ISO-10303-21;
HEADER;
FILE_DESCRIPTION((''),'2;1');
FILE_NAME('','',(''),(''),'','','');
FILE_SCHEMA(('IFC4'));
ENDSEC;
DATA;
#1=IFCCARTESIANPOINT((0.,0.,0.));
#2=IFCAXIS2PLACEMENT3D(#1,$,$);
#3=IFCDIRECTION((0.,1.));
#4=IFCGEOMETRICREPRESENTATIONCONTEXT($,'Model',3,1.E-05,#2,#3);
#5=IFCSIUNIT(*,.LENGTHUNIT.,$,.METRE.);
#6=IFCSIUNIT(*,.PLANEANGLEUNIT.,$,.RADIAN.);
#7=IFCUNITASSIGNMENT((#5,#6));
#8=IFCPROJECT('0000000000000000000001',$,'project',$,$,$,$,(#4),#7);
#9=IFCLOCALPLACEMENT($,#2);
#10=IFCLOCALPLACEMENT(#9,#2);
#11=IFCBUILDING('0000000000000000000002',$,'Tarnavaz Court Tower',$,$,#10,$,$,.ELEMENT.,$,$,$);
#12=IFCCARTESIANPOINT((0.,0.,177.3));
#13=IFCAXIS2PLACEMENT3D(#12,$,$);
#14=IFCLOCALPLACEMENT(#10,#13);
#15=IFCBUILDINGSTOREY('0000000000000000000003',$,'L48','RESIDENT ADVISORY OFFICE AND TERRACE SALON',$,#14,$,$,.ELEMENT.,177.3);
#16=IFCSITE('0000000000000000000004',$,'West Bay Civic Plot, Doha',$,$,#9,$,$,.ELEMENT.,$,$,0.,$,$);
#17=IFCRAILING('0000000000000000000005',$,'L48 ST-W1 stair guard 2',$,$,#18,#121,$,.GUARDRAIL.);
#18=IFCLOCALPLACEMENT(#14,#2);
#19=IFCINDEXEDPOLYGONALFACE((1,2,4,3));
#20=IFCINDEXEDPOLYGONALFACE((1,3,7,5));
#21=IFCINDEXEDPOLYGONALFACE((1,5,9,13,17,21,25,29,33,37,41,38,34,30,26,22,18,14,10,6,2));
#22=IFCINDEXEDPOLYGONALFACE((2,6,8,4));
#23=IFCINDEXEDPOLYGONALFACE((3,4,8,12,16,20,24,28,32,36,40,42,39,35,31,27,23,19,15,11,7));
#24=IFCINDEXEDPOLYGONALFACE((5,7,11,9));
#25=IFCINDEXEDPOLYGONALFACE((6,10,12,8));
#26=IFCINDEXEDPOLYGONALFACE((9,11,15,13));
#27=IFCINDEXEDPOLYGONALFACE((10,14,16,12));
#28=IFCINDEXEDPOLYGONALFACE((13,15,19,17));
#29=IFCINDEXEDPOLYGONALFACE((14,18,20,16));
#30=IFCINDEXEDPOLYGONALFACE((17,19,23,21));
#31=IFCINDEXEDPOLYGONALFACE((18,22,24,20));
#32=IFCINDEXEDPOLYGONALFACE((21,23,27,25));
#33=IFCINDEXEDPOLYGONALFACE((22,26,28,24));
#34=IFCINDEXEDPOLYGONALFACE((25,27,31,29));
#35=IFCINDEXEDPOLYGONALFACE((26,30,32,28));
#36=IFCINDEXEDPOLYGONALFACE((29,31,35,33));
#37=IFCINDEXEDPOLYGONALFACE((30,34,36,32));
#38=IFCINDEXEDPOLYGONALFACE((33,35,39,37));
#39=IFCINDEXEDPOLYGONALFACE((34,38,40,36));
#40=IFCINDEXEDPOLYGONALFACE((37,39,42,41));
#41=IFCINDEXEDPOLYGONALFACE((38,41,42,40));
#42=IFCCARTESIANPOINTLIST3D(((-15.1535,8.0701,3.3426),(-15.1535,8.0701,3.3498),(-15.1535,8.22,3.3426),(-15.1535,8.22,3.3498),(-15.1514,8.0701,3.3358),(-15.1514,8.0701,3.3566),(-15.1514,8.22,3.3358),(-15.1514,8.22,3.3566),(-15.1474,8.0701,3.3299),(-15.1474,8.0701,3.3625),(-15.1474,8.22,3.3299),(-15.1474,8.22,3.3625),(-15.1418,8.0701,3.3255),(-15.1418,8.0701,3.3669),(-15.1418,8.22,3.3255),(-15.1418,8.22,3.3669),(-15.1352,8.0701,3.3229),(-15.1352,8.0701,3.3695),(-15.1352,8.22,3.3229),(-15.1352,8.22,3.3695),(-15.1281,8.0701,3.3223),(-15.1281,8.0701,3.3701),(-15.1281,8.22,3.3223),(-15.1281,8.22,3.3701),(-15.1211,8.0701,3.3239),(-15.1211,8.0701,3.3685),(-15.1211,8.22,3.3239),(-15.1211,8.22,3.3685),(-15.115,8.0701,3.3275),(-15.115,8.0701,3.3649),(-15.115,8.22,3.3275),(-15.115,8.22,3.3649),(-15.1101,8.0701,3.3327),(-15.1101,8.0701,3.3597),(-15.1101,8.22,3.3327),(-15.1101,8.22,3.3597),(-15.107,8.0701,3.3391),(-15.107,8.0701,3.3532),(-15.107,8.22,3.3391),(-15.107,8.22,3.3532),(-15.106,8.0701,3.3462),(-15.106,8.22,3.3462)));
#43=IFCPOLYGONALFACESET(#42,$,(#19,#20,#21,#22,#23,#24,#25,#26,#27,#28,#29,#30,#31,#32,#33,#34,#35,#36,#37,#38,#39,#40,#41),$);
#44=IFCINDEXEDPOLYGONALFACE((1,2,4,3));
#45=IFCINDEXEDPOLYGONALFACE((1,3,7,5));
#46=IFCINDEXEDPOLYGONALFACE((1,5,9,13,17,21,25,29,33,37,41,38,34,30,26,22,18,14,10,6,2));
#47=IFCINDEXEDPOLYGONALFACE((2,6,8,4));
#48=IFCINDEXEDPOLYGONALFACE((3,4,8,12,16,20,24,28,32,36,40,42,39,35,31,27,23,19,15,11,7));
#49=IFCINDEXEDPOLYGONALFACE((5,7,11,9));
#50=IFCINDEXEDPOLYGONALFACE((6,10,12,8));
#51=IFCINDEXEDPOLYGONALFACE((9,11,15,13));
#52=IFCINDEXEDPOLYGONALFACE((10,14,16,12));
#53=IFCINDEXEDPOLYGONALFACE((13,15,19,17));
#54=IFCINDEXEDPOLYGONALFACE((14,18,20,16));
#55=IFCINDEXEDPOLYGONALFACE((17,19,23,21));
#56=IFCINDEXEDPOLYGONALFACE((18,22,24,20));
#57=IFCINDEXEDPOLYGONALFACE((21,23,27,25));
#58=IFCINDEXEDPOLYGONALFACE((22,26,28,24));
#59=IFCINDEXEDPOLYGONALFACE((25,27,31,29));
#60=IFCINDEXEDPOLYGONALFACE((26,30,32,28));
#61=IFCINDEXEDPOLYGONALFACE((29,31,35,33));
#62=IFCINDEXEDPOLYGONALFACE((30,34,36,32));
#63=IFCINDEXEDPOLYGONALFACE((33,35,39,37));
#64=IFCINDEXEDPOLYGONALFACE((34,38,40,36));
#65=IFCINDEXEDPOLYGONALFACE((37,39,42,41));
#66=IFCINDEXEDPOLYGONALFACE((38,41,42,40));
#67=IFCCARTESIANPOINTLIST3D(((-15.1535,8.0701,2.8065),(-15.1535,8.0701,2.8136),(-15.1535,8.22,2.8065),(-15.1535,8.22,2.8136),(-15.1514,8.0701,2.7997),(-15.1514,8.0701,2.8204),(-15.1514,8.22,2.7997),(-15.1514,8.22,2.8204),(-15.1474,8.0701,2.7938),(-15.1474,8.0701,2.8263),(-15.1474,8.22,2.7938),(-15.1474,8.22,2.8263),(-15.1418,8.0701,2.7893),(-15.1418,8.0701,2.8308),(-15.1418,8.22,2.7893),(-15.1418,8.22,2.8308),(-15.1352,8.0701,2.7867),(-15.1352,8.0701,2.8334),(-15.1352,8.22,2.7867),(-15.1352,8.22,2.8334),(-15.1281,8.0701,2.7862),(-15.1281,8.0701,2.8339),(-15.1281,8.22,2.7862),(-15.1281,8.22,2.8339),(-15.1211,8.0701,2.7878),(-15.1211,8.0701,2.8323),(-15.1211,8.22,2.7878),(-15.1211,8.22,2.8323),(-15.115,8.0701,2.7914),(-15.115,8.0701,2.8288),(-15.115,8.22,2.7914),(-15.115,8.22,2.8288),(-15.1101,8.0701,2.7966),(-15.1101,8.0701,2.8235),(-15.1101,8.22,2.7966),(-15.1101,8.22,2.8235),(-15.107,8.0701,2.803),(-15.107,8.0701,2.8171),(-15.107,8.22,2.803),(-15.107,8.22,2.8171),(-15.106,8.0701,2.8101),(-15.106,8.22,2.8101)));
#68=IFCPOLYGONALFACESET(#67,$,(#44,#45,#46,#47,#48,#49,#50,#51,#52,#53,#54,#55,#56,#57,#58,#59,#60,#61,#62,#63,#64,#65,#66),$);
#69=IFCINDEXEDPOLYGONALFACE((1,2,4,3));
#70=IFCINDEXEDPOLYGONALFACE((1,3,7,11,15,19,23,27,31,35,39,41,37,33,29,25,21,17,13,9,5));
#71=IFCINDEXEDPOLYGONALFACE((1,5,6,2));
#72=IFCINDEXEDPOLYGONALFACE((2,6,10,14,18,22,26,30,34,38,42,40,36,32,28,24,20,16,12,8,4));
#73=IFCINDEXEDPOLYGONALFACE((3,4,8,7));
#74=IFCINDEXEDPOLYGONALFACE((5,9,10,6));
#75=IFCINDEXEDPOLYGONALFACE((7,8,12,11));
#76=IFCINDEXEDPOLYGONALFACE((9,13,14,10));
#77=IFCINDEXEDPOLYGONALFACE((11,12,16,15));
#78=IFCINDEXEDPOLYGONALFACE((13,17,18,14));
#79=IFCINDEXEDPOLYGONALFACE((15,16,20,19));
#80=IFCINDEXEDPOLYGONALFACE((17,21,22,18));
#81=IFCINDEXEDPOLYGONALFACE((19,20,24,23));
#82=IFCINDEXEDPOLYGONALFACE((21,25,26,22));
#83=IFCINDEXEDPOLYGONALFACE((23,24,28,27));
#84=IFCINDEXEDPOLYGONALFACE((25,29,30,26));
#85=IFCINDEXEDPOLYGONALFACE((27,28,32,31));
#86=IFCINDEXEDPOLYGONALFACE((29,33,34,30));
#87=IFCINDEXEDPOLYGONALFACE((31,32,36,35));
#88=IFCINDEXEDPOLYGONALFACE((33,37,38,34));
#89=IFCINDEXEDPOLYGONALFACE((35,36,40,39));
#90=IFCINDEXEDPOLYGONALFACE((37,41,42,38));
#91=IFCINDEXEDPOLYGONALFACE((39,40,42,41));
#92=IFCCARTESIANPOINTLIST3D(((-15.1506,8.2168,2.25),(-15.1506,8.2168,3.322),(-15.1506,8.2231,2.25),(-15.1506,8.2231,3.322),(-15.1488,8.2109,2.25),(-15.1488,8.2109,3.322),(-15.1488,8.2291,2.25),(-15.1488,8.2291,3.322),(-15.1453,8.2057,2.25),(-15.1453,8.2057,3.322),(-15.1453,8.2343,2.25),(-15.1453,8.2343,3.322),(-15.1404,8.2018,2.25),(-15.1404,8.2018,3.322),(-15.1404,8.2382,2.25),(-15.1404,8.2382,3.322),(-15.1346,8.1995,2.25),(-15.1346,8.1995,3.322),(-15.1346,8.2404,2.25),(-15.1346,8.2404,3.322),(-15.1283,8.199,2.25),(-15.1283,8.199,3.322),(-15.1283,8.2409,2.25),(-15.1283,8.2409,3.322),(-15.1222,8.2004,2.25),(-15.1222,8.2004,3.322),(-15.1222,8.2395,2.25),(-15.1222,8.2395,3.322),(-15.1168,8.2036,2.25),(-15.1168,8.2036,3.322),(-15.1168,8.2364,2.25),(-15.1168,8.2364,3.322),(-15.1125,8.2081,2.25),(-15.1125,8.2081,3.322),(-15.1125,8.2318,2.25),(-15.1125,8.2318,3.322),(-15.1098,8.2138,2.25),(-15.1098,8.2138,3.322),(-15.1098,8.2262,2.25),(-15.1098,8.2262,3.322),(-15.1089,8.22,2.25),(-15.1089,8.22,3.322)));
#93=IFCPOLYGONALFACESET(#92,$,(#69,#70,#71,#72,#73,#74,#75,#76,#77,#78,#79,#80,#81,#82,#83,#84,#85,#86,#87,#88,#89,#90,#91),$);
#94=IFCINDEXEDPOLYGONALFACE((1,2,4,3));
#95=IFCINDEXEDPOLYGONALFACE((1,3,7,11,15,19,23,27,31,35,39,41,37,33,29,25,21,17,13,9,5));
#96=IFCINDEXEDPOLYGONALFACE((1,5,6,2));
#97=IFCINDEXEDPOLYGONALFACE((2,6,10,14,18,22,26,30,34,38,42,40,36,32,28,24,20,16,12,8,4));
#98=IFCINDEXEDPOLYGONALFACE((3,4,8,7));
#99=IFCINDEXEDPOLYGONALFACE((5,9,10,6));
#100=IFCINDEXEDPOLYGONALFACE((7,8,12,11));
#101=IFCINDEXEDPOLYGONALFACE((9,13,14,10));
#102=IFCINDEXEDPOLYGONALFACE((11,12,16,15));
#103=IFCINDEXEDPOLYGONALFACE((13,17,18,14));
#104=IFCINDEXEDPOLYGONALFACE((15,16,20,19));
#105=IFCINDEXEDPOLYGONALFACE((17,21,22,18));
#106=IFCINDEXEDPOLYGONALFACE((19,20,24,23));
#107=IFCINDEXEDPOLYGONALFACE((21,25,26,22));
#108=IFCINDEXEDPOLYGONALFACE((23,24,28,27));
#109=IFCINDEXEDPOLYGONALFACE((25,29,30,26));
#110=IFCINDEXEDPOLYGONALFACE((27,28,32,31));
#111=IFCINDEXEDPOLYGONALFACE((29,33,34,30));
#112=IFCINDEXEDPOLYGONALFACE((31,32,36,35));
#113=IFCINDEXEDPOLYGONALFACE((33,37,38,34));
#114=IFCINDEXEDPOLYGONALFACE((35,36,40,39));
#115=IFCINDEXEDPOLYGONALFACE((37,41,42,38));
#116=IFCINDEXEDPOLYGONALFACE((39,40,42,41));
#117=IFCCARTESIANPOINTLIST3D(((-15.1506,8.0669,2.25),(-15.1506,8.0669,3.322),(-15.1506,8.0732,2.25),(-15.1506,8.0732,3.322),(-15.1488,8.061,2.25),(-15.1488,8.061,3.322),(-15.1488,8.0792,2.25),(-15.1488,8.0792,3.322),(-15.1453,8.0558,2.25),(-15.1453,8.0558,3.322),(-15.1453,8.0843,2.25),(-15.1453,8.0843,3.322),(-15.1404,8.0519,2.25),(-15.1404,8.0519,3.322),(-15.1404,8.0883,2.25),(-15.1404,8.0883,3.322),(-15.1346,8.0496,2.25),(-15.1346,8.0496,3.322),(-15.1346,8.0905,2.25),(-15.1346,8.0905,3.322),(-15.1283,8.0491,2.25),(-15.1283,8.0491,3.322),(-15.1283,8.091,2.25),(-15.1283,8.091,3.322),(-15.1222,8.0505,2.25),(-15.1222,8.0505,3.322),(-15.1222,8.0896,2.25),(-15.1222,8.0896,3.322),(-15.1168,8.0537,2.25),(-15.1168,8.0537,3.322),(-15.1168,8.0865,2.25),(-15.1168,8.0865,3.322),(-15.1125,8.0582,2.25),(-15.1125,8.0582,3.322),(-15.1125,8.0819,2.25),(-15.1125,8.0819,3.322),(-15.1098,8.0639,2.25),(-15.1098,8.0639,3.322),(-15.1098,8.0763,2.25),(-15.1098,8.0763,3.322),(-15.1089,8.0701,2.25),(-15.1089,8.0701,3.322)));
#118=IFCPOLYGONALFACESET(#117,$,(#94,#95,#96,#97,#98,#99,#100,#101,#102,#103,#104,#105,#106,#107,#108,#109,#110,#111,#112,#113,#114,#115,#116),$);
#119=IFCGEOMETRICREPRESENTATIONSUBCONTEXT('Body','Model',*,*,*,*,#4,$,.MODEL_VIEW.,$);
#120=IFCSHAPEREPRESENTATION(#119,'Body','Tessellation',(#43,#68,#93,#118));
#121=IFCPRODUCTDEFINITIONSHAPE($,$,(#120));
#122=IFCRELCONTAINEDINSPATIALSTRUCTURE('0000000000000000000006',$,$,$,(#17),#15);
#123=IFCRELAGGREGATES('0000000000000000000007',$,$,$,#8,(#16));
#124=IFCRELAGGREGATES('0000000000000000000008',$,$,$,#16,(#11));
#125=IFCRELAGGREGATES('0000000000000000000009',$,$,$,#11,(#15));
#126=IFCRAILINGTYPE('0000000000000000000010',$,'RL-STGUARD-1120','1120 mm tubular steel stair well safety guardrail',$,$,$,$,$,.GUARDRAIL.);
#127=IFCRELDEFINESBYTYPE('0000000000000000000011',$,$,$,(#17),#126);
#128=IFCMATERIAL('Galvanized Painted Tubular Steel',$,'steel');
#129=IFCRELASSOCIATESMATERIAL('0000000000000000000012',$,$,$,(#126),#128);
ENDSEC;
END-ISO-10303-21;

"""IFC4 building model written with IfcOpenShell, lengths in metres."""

from ifc_helpers import new_model, si_unit, direction, frame, origin, origin_2d, place, context, subcontext, project, spatial, circle, extrude, material, type_object, element, save


model = new_model("IFC4")

# Units and contexts
model_context = context("Model", 3, precision=1e-05, world=origin(), true_north=direction((0.0, 1.0)))
body_context = subcontext(model_context, "Body", "Model", "MODEL_VIEW")
ifc_project = project(units=[si_unit("LENGTHUNIT", "METRE"), si_unit("PLANEANGLEUNIT", "RADIAN")], contexts=[model_context])

# Site, building, storey
site_placement = place(None, origin())
site = spatial("IfcSite", under=ifc_project, at=site_placement, Name="West Bay Civic Plot, Doha", CompositionType="ELEMENT", RefElevation=0.0)
building_placement = place(site_placement, origin())
building = spatial("IfcBuilding", under=site, at=building_placement, Name="Tarnavaz Court Tower", CompositionType="ELEMENT")
storey_placement = place(building_placement, frame((0.0, 0.0, 177.3)))
storey = spatial("IfcBuildingStorey", under=building, at=storey_placement, Name="L48", Description="RESIDENT ADVISORY OFFICE AND TERRACE SALON", CompositionType="ELEMENT", Elevation=177.3)

# Railing
ifc_material_1 = material(Name="Galvanized Painted Tubular Steel", Category="steel")
railing_type = type_object("IfcRailingType", Name="RL-STGUARD-1120", Description="1120 mm tubular steel stair well safety guardrail", PredefinedType="GUARDRAIL", material=ifc_material_1)
railing_1_placement = place(storey_placement, frame((-15.1299, 8.22, 2.25)))
element("IfcRailing", 1, at=railing_1_placement, inside=storey, type_object=railing_type, Name="L48 ST-W1 stair guard 2", PredefinedType="GUARDRAIL", context=body_context, shape_type="SweptSolid", body=[
    extrude(circle(Radius=0.0239, at=origin_2d()), frame((0.0, 0.0, 1.0962), z_axis=(0.0, -1.0, 0.0), x_axis=(1.0, 0.0, 0.0)), (0.0, 0.0, 1.0), 0.1499),
    extrude(circle(Radius=0.0239, at=origin_2d()), frame((0.0, 0.0, 0.5601), z_axis=(0.0, -1.0, 0.0), x_axis=(1.0, 0.0, 0.0)), (0.0, 0.0, 1.0), 0.1499),
    extrude(circle(Radius=0.021, at=origin_2d()), origin(), (0.0, 0.0, 1.0), 1.072),
    extrude(circle(Radius=0.021, at=origin_2d()), frame((0.0, -0.1499, 0.0)), (0.0, 0.0, 1.0), 1.072),
])

save(model, "model.ifc")
